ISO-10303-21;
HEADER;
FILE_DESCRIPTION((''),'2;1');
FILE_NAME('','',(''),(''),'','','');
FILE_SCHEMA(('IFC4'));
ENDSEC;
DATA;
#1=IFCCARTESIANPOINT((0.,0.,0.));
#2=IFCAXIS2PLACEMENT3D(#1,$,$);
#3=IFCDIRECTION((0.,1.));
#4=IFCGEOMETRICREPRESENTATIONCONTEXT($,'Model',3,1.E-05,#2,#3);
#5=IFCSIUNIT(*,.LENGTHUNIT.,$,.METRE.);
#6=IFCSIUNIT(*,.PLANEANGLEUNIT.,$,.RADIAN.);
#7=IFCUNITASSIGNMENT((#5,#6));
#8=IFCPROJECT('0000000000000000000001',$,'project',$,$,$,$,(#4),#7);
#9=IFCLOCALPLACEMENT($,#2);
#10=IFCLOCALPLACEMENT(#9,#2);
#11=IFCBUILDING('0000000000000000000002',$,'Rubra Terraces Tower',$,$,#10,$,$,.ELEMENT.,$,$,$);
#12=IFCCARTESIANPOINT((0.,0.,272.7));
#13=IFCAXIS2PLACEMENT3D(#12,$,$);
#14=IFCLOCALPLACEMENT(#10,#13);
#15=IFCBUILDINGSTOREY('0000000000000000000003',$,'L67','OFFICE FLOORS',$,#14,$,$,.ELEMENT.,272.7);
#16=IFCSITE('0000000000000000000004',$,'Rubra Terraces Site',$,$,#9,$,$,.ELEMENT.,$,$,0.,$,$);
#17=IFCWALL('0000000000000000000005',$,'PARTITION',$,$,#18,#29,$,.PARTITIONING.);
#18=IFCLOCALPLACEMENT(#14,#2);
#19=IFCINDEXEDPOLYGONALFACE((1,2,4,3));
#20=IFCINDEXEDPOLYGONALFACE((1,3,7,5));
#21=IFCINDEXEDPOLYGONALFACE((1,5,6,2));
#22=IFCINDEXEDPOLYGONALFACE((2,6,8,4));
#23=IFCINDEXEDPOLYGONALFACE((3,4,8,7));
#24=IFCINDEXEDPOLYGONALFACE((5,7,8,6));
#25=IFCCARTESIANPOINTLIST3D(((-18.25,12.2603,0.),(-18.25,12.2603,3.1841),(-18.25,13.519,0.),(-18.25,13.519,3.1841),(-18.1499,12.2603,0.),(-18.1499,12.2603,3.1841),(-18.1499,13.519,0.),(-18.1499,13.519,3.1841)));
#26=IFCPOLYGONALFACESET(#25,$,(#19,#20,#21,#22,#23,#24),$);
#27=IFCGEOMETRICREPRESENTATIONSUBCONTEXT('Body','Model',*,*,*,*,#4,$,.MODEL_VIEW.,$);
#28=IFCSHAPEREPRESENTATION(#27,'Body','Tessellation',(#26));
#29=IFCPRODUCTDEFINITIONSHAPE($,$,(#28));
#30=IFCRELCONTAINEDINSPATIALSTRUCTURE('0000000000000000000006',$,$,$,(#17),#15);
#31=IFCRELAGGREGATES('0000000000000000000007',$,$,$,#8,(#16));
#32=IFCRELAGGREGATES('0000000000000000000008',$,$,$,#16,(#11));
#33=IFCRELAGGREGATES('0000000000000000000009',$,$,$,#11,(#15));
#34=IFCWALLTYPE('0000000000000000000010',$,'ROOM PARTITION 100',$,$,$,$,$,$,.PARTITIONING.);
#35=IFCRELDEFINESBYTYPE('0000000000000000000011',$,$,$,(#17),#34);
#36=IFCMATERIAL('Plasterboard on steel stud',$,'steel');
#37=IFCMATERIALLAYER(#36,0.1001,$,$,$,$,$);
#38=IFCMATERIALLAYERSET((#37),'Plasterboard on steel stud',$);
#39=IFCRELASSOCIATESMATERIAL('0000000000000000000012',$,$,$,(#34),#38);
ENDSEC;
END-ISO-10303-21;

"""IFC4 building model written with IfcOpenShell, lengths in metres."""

from ifc_helpers import new_model, si_unit, direction, frame, frame_2d, origin, place, context, subcontext, project, spatial, rectangle, extrude, material, layer, layer_set, type_object, element, save


model = new_model("IFC4")

# Units and contexts
model_context = context("Model", 3, precision=1e-05, world=origin(), true_north=direction((0.0, 1.0)))
body_context = subcontext(model_context, "Body", "Model", "MODEL_VIEW")
ifc_project = project(units=[si_unit("LENGTHUNIT", "METRE"), si_unit("PLANEANGLEUNIT", "RADIAN")], contexts=[model_context])

# Site, building, storey
site_placement = place(None, origin())
site = spatial("IfcSite", under=ifc_project, at=site_placement, Name="Rubra Terraces Site", CompositionType="ELEMENT", RefElevation=0.0)
building_placement = place(site_placement, origin())
building = spatial("IfcBuilding", under=site, at=building_placement, Name="Rubra Terraces Tower", CompositionType="ELEMENT")
storey_placement = place(building_placement, frame((0.0, 0.0, 272.7)))
storey = spatial("IfcBuildingStorey", under=building, at=storey_placement, Name="L67", Description="OFFICE FLOORS", CompositionType="ELEMENT", Elevation=272.7)

# Wall
ifc_material_1 = material(Name="Plasterboard on steel stud", Category="steel")
ifc_layer_1 = layer(ifc_material_1, 0.1001)
ifc_layer_set_1 = layer_set([ifc_layer_1], Name="Plasterboard on steel stud")
wall_type_1 = type_object("IfcWallType", Name="ROOM PARTITION 100", PredefinedType="PARTITIONING", material=ifc_layer_set_1)
wall_1_placement = place(storey_placement, frame((-18.2, 12.2603, 0.0), z_axis=(0.0, 0.0, 1.0), x_axis=(0.0, 1.0, 0.0)))
element("IfcWall", 1, at=wall_1_placement, inside=storey, type_object=wall_type_1, Name="PARTITION", PredefinedType="PARTITIONING", context=body_context, shape_type="SweptSolid", body=[
    extrude(rectangle(XDim=1.2588, YDim=0.1001, at=frame_2d((0.6294, 0.0))), origin(), (0.0, 0.0, 1.0), 3.1841),
])

save(model, "model.ifc")
